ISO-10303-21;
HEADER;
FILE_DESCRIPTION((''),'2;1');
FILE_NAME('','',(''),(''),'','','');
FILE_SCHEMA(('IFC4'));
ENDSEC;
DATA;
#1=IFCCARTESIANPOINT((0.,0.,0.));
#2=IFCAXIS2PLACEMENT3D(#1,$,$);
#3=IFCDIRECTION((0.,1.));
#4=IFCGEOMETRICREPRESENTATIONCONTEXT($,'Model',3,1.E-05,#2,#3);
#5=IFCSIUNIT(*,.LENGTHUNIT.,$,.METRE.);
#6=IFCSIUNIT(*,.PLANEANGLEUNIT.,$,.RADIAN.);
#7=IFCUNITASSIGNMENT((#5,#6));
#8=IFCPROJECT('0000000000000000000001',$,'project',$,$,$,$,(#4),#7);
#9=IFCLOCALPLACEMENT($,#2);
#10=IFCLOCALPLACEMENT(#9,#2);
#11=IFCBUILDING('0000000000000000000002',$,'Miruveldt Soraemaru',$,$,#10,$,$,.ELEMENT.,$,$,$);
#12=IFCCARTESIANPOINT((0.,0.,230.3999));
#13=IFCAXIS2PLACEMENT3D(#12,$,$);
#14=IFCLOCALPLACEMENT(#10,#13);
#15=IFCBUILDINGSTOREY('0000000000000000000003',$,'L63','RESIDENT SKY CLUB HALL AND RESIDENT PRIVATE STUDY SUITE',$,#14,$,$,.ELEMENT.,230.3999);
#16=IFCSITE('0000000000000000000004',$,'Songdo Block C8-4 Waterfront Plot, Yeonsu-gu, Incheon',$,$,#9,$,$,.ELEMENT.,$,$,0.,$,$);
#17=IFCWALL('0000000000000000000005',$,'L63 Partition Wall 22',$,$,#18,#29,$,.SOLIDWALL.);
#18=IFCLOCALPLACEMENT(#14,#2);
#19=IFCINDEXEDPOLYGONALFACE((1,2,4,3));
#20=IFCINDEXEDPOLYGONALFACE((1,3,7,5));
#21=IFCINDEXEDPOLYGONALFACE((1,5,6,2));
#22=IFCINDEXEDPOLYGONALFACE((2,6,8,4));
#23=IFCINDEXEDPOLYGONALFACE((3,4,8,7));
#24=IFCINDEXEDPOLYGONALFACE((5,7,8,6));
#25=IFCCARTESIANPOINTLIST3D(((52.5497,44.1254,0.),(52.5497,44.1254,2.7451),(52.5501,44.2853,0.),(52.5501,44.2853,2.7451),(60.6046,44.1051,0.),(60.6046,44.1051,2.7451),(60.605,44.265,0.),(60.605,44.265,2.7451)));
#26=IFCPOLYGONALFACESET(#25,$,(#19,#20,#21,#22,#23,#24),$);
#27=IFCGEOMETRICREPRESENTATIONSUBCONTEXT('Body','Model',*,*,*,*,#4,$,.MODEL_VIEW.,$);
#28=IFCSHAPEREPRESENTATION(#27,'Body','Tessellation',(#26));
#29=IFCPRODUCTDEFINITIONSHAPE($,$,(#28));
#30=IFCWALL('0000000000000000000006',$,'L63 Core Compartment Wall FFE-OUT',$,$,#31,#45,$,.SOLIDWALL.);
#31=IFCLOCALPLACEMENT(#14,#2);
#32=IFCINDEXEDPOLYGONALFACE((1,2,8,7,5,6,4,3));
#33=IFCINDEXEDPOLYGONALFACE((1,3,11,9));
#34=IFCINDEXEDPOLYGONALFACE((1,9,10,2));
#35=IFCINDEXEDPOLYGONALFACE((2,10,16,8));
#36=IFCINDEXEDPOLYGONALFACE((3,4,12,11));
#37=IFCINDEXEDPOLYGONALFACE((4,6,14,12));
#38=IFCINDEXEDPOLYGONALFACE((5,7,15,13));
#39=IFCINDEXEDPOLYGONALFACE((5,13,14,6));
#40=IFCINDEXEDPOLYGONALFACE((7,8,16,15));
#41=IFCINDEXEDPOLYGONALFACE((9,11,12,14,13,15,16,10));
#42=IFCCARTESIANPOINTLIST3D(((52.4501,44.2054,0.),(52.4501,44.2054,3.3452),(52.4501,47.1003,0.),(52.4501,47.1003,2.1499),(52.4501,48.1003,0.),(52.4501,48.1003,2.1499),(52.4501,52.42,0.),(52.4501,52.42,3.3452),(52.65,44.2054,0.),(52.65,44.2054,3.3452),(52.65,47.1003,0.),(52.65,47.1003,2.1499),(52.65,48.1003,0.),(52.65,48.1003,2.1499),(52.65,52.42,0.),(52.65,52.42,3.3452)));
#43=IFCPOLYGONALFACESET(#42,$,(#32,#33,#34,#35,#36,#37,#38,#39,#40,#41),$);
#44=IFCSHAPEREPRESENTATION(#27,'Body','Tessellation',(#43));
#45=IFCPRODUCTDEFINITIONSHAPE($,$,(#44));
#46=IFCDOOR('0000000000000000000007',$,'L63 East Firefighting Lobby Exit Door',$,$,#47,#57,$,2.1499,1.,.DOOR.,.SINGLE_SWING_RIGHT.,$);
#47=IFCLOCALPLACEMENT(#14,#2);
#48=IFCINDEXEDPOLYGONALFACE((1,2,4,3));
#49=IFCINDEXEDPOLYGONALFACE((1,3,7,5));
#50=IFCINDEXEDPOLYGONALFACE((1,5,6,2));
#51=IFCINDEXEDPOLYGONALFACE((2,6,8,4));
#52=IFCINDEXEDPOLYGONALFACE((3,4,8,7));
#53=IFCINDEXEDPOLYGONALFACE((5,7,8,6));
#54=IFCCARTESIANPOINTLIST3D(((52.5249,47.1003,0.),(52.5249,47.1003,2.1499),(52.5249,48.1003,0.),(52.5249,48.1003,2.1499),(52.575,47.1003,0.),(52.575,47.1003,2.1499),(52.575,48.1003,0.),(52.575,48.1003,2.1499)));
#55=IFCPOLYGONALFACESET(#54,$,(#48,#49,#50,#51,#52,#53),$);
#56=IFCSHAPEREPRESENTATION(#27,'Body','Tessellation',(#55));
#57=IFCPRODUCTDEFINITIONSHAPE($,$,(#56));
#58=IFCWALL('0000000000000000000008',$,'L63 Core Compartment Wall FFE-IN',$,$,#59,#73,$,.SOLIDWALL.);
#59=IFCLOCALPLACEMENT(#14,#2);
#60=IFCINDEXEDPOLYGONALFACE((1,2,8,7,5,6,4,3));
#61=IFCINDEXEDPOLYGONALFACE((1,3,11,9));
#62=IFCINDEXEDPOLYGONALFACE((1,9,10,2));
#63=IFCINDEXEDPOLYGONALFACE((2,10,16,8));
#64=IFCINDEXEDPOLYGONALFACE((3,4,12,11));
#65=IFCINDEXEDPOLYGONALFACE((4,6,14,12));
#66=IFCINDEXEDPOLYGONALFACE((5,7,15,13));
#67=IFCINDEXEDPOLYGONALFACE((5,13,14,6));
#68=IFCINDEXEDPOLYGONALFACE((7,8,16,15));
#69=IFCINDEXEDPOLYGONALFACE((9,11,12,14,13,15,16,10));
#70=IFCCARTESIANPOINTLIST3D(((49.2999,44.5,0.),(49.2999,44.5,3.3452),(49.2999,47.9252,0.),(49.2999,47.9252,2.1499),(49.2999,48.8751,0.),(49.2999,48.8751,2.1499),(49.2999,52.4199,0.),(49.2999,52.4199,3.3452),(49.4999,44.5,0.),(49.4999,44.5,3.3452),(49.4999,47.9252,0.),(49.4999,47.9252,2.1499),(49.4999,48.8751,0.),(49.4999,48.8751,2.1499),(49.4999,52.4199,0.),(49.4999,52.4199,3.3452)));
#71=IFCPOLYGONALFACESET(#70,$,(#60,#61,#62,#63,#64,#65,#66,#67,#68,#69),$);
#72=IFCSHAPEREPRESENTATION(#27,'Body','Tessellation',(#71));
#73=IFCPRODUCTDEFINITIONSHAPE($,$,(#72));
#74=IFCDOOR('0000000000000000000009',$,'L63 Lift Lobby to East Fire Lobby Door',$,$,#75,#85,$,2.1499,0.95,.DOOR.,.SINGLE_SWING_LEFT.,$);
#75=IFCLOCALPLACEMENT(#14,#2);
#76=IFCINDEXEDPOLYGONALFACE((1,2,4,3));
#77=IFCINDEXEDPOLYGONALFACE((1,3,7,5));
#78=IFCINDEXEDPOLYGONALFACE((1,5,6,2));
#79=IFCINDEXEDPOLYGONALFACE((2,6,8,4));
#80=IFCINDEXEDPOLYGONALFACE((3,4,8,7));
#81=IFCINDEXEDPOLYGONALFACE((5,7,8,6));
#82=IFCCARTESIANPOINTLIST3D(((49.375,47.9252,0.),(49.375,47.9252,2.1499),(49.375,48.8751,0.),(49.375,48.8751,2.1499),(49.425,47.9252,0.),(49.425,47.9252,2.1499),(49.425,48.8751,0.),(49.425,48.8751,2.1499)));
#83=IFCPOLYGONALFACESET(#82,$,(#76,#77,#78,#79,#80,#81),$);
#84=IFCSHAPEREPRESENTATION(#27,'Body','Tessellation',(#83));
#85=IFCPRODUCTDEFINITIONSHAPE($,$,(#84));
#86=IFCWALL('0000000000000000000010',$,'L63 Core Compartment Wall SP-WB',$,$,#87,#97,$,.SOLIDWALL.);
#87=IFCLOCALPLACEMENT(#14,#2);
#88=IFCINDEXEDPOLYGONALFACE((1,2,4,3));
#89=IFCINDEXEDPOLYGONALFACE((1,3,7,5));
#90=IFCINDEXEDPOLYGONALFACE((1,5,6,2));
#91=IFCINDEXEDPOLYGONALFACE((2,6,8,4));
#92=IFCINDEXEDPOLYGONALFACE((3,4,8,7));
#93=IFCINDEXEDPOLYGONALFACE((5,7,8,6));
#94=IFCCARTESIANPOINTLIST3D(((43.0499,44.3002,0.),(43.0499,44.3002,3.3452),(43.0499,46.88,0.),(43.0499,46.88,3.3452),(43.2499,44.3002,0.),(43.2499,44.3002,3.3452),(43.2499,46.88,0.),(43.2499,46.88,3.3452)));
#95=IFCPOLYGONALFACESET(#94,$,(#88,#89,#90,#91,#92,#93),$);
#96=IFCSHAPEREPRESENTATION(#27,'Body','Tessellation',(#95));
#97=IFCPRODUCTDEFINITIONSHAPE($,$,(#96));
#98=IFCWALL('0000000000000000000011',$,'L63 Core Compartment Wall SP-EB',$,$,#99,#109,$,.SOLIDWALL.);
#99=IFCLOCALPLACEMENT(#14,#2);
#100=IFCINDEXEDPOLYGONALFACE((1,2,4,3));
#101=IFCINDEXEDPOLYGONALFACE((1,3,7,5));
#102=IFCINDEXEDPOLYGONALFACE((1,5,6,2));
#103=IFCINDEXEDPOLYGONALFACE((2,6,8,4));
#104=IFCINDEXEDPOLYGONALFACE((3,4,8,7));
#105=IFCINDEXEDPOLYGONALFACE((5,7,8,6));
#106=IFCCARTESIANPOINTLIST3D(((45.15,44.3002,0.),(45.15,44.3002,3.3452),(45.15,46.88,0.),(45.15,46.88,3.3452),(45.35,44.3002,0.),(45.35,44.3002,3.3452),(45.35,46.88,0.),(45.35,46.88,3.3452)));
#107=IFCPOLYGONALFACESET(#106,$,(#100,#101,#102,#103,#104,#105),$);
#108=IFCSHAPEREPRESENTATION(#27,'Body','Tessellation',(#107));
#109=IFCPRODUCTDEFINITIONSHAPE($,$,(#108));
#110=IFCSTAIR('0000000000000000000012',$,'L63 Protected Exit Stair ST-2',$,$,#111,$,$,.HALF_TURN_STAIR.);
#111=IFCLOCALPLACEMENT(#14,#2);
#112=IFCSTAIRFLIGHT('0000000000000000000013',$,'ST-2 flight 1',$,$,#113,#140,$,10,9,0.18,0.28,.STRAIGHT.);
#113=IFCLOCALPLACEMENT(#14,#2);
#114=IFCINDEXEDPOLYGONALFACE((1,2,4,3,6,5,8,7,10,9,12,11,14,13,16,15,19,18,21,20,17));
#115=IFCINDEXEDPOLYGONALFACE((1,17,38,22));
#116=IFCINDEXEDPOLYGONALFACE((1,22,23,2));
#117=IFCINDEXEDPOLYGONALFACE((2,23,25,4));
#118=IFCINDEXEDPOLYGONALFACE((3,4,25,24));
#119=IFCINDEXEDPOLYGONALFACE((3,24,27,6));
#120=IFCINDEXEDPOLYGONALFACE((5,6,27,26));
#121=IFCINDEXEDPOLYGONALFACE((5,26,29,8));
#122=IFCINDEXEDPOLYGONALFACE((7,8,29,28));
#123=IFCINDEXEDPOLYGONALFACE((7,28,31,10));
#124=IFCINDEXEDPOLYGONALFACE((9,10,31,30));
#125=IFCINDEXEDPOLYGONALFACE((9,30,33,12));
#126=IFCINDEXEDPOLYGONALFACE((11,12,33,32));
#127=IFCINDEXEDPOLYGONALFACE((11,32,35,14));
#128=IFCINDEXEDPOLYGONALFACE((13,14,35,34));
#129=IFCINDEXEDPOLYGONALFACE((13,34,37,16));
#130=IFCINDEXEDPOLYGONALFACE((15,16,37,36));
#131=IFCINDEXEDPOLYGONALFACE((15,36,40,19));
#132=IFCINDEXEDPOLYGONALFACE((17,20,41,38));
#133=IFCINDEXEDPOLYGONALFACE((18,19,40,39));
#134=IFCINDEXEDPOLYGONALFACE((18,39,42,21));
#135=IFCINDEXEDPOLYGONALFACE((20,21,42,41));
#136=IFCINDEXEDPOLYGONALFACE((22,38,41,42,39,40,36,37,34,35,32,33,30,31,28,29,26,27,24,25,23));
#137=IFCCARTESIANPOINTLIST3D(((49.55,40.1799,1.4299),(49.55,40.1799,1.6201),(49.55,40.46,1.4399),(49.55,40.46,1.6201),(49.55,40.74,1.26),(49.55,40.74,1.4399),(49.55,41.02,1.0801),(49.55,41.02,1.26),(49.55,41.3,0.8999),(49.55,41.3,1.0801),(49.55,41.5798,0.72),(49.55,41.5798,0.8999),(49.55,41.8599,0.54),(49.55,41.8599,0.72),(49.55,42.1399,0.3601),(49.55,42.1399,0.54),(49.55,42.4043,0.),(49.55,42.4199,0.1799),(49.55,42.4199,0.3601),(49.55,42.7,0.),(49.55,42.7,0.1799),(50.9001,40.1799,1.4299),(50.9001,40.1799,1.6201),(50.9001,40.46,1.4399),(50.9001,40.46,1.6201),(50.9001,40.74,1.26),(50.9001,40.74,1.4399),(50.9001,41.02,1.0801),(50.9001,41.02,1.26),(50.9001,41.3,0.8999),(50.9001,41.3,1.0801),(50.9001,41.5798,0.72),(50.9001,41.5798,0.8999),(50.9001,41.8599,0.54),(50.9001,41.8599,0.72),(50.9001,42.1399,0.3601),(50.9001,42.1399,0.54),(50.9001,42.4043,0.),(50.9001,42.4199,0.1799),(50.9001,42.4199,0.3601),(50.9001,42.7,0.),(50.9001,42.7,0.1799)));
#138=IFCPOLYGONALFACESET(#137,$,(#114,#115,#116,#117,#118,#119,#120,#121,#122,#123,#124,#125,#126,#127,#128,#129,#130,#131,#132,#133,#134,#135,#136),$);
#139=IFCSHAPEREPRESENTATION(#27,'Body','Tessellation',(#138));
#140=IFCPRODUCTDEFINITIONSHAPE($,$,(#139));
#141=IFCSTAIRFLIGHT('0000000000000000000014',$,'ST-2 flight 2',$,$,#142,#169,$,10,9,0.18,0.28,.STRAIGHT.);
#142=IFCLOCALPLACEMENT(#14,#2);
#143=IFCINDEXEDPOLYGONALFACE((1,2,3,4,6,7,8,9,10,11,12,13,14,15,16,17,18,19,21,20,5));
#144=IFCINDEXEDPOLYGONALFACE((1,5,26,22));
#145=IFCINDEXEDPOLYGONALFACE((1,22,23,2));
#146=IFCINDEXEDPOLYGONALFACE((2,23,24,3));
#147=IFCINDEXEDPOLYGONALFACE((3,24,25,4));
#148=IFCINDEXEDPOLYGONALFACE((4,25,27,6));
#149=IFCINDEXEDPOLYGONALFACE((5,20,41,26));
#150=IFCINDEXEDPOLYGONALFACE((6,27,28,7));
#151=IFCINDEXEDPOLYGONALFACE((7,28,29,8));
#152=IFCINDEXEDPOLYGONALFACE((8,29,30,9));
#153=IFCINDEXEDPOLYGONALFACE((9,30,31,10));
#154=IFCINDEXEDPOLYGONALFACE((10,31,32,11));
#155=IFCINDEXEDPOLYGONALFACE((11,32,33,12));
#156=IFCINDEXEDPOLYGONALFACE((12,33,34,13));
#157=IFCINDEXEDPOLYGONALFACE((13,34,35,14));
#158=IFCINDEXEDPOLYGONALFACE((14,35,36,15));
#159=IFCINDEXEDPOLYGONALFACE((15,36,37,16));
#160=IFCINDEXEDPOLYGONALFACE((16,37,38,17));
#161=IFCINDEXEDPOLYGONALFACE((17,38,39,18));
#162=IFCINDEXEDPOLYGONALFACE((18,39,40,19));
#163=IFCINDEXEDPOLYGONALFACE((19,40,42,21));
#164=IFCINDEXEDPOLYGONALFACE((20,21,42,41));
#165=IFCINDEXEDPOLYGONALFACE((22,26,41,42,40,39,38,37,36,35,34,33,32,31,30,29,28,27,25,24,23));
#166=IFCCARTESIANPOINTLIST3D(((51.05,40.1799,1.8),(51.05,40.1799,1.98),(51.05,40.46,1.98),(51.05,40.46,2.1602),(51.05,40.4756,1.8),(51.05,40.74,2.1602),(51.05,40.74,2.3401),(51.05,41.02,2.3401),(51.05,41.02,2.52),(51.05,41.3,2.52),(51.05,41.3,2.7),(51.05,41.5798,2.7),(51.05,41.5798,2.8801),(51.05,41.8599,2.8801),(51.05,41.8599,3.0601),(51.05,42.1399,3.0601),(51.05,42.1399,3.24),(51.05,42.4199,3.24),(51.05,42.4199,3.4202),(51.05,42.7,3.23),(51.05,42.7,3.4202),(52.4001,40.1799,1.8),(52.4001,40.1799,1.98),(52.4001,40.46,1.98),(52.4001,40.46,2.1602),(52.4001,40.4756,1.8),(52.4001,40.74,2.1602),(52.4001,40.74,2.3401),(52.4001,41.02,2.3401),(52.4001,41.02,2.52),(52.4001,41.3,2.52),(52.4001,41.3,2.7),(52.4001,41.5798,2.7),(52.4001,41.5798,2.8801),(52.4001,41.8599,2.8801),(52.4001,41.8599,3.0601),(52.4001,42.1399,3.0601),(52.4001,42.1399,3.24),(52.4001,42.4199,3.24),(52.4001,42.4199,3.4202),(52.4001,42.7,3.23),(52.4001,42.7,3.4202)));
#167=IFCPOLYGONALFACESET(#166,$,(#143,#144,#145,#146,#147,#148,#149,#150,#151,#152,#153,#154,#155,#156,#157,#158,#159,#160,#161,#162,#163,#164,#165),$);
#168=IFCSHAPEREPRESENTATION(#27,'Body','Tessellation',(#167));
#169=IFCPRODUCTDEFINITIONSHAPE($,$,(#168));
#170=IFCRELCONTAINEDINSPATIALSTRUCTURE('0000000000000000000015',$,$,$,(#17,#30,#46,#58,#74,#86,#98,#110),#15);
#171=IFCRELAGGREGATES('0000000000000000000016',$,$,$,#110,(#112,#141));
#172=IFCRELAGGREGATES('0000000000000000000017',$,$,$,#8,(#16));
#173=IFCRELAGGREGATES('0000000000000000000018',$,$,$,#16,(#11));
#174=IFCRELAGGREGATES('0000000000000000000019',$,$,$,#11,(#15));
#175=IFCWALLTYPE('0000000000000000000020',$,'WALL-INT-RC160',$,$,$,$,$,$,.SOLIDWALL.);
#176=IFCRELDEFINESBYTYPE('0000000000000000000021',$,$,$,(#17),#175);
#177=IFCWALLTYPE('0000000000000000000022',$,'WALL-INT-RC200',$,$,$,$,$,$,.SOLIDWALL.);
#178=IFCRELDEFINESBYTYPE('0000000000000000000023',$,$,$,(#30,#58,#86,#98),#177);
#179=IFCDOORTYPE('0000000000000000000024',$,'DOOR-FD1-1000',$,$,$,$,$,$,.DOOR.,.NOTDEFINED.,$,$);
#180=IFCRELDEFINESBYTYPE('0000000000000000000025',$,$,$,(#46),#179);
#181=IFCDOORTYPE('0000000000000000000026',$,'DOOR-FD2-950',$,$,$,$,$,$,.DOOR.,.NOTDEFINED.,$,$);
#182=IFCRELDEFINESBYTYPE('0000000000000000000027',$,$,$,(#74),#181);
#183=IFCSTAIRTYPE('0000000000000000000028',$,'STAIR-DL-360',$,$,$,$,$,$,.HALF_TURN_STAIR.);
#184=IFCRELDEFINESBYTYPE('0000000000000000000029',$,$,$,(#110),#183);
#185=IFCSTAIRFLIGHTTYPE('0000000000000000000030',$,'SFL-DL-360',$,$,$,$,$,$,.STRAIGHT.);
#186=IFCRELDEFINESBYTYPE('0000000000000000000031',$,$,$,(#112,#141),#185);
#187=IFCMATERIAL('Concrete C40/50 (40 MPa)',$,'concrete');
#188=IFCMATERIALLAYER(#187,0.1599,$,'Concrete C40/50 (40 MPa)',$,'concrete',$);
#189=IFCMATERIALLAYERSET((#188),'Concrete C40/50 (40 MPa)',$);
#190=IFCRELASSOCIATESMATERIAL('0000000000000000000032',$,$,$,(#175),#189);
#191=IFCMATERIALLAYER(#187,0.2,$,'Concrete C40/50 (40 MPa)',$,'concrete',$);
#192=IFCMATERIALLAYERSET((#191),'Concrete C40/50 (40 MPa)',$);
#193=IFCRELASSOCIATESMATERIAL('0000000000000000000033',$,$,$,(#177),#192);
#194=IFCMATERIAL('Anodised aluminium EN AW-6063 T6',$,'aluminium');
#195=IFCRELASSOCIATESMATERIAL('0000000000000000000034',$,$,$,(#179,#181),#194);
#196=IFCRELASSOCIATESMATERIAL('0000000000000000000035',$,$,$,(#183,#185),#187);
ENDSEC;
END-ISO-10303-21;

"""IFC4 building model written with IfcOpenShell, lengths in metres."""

from ifc_helpers import new_model, si_unit, direction, frame, frame_2d, origin, place, context, subcontext, project, spatial, polyline, rectangle, outline, extrude, material, layer, layer_set, type_object, element, fill, aggregate, save


model = new_model("IFC4")

# Units and contexts
model_context = context("Model", 3, precision=1e-05, world=origin(), true_north=direction((0.0, 1.0)))
body_context = subcontext(model_context, "Body", "Model", "MODEL_VIEW")
ifc_project = project(units=[si_unit("LENGTHUNIT", "METRE"), si_unit("PLANEANGLEUNIT", "RADIAN")], contexts=[model_context])

# Site, building, storey
site_placement = place(None, origin())
site = spatial("IfcSite", under=ifc_project, at=site_placement, Name="Songdo Block C8-4 Waterfront Plot, Yeonsu-gu, Incheon", CompositionType="ELEMENT", RefElevation=0.0)
building_placement = place(site_placement, origin())
building = spatial("IfcBuilding", under=site, at=building_placement, Name="Miruveldt Soraemaru", CompositionType="ELEMENT")
storey_placement = place(building_placement, frame((0.0, 0.0, 230.3999)))
storey = spatial("IfcBuildingStorey", under=building, at=storey_placement, Name="L63", Description="RESIDENT SKY CLUB HALL AND RESIDENT PRIVATE STUDY SUITE", CompositionType="ELEMENT", Elevation=230.3999)

# Wall
ifc_material_1 = material(Name="Concrete C40/50 (40 MPa)", Category="concrete")
ifc_layer_1 = layer(ifc_material_1, 0.1599, Name="Concrete C40/50 (40 MPa)", Category="concrete")
ifc_layer_set_1 = layer_set([ifc_layer_1], Name="Concrete C40/50 (40 MPa)")
wall_type_1 = type_object("IfcWallType", Name="WALL-INT-RC160", PredefinedType="SOLIDWALL", material=ifc_layer_set_1)
wall_1_placement = place(storey_placement, frame((52.55, 44.2053, 0.0), z_axis=(0.0, 0.0, 1.0), x_axis=(0.999997, -0.002516, 0.0)))
element("IfcWall", 1, at=wall_1_placement, inside=storey, type_object=wall_type_1, Name="L63 Partition Wall 22", PredefinedType="SOLIDWALL", context=body_context, shape_type="SweptSolid", body=[
    extrude(rectangle(XDim=8.0549, YDim=0.1599, at=frame_2d((4.0273, 0.0))), origin(), (0.0, 0.0, 1.0), 2.7451),
])

# Walls, openings, doors
ifc_layer_2 = layer(ifc_material_1, 0.2, Name="Concrete C40/50 (40 MPa)", Category="concrete")
ifc_layer_set_2 = layer_set([ifc_layer_2], Name="Concrete C40/50 (40 MPa)")
wall_type_2 = type_object("IfcWallType", Name="WALL-INT-RC200", PredefinedType="SOLIDWALL", material=ifc_layer_set_2)
wall_2_placement = place(storey_placement, frame((52.55, 44.2053, 0.0), z_axis=(0.0, 0.0, 1.0), x_axis=(0.0, 1.0, 0.0)))
wall_2 = element("IfcWall", 2, at=wall_2_placement, inside=storey, type_object=wall_type_2, Name="L63 Core Compartment Wall FFE-OUT", PredefinedType="SOLIDWALL", context=body_context, shape_type="SweptSolid", body=[
    extrude(rectangle(XDim=8.2146, YDim=0.2, at=frame_2d((4.1074, 0.0))), origin(), (0.0, 0.0, 1.0), 3.3452),
])
opening_1_placement = place(wall_2_placement, frame((2.895, 0.0, 0.0)))
opening_1 = element("IfcOpeningElement", 3, at=opening_1_placement, cuts=wall_2, PredefinedType="OPENING", context=body_context, shape_type="SweptSolid", body=[
    extrude(rectangle(XDim=1.0, YDim=2.1499, at=frame_2d((0.5, 1.075))), frame((0.0, 0.1099, 0.0), z_axis=(0.0, -1.0, 0.0), x_axis=(1.0, 0.0, 0.0)), (0.0, 0.0, 1.0), 0.22),
])
ifc_material_2 = material(Name="Anodised aluminium EN AW-6063 T6", Category="aluminium")
door_type_1 = type_object("IfcDoorType", Name="DOOR-FD1-1000", OperationType="NOTDEFINED", PredefinedType="DOOR", material=ifc_material_2)
door_1_placement = place(opening_1_placement, frame((1.0, 0.0, 0.0), z_axis=(0.0, 0.0, 1.0), x_axis=(-1.0, 0.0, 0.0)))
door_1 = element("IfcDoor", 4, at=door_1_placement, inside=storey, type_object=door_type_1, Name="L63 East Firefighting Lobby Exit Door", OperationType="SINGLE_SWING_RIGHT", OverallHeight=2.1499, OverallWidth=1.0, PredefinedType="DOOR", context=body_context, shape_type="SweptSolid", body=[
    extrude(rectangle(XDim=1.0, YDim=2.1499, at=frame_2d((0.5, 1.075))), frame((0.0, 0.0249, 0.0), z_axis=(0.0, -1.0, 0.0), x_axis=(1.0, 0.0, 0.0)), (0.0, 0.0, 1.0), 0.05),
])
fill(opening_1, door_1)
wall_3_placement = place(storey_placement, frame((49.3999, 44.5, 0.0), z_axis=(0.0, 0.0, 1.0), x_axis=(0.0, 1.0, 0.0)))
wall_3 = element("IfcWall", 5, at=wall_3_placement, inside=storey, type_object=wall_type_2, Name="L63 Core Compartment Wall FFE-IN", PredefinedType="SOLIDWALL", context=body_context, shape_type="SweptSolid", body=[
    extrude(rectangle(XDim=7.9199, YDim=0.2, at=frame_2d((3.96, 0.0))), origin(), (0.0, 0.0, 1.0), 3.3452),
])
opening_2_placement = place(wall_3_placement, frame((3.425, 0.0, 0.0)))
opening_2 = element("IfcOpeningElement", 6, at=opening_2_placement, cuts=wall_3, PredefinedType="OPENING", context=body_context, shape_type="SweptSolid", body=[
    extrude(rectangle(XDim=0.95, YDim=2.1499, at=frame_2d((0.4751, 1.075))), frame((0.0, 0.1099, 0.0), z_axis=(0.0, -1.0, 0.0), x_axis=(1.0, 0.0, 0.0)), (0.0, 0.0, 1.0), 0.22),
])
door_type_2 = type_object("IfcDoorType", Name="DOOR-FD2-950", OperationType="NOTDEFINED", PredefinedType="DOOR", material=ifc_material_2)
door_2_placement = place(opening_2_placement, origin())
door_2 = element("IfcDoor", 7, at=door_2_placement, inside=storey, type_object=door_type_2, Name="L63 Lift Lobby to East Fire Lobby Door", OperationType="SINGLE_SWING_LEFT", OverallHeight=2.1499, OverallWidth=0.95, PredefinedType="DOOR", context=body_context, shape_type="SweptSolid", body=[
    extrude(rectangle(XDim=0.95, YDim=2.1499, at=frame_2d((0.4751, 1.075))), frame((0.0, 0.0249, 0.0), z_axis=(0.0, -1.0, 0.0), x_axis=(1.0, 0.0, 0.0)), (0.0, 0.0, 1.0), 0.05),
])
fill(opening_2, door_2)

# Walls
for number, where, z_axis, x_axis, name in (
    (8, (43.1499, 44.3, 0.0), (0.0, 0.0, 1.0), (0.0, 1.0, 0.0), "L63 Core Compartment Wall SP-WB"),
    (9, (45.25, 44.3, 0.0), (0.0, 0.0, 1.0), (0.0, 1.0, 0.0), "L63 Core Compartment Wall SP-EB"),
):
    element("IfcWall", number, at=place(storey_placement, frame(where, z_axis=z_axis, x_axis=x_axis)), inside=storey, type_object=wall_type_2, Name=name, PredefinedType="SOLIDWALL", context=body_context, shape_type="SweptSolid", body=[
        extrude(rectangle(XDim=2.5798, YDim=0.2, at=frame_2d((1.29, 0.0))), origin(), (0.0, 0.0, 1.0), 3.3452),
    ])

# Stair, stair flights
stair_type = type_object("IfcStairType", Name="STAIR-DL-360", PredefinedType="HALF_TURN_STAIR", material=ifc_material_1)
stair_placement = place(storey_placement, origin())
stair = element("IfcStair", 10, at=stair_placement, inside=storey, type_object=stair_type, Name="L63 Protected Exit Stair ST-2", PredefinedType="HALF_TURN_STAIR")
stair_flight_type = type_object("IfcStairFlightType", Name="SFL-DL-360", PredefinedType="STRAIGHT", material=ifc_material_1)
stair_flight_1_placement = place(storey_placement, frame((50.2251, 42.7, 0.0), z_axis=(0.0, 0.0, 1.0), x_axis=(0.0, -1.0, 0.0)))
stair_flight_1 = element("IfcStairFlight", 11, at=stair_flight_1_placement, type_object=stair_flight_type, Name="ST-2 flight 1", NumberOfRisers=10, NumberOfTreads=9, PredefinedType="STRAIGHT", RiserHeight=0.18, TreadLength=0.28, context=body_context, shape_type="SweptSolid", body=[
    extrude(outline(polyline([(0.0, 0.0), (0.0, 0.1799), (0.28, 0.1799), (0.28, 0.3601), (0.5601, 0.3601), (0.5601, 0.54), (0.8401, 0.54), (0.8401, 0.72), (1.1201, 0.72), (1.1201, 0.8999), (1.3999, 0.8999), (1.3999, 1.0801), (1.6799, 1.0801), (1.6799, 1.26), (1.96, 1.26), (1.96, 1.4399), (2.24, 1.4399), (2.24, 1.6201), (2.52, 1.6201), (2.52, 1.8), (2.52, 1.4299), (0.2957, 0.0), (0.0, 0.0)])), frame((0.0, 0.675, 0.0), z_axis=(0.0, -1.0, 0.0), x_axis=(1.0, 0.0, 0.0)), (0.0, 0.0, 1.0), 1.3501),
])
stair_flight_2_placement = place(storey_placement, frame((51.7251, 40.1799, 1.8), z_axis=(0.0, 0.0, 1.0), x_axis=(0.0, 1.0, 0.0)))
stair_flight_2 = element("IfcStairFlight", 12, at=stair_flight_2_placement, type_object=stair_flight_type, Name="ST-2 flight 2", NumberOfRisers=10, NumberOfTreads=9, PredefinedType="STRAIGHT", RiserHeight=0.18, TreadLength=0.28, context=body_context, shape_type="SweptSolid", body=[
    extrude(outline(polyline([(0.0, 0.0), (0.0, 0.1799), (0.28, 0.1799), (0.28, 0.3601), (0.5601, 0.3601), (0.5601, 0.54), (0.8401, 0.54), (0.8401, 0.72), (1.1201, 0.72), (1.1201, 0.8999), (1.3999, 0.8999), (1.3999, 1.0801), (1.6799, 1.0801), (1.6799, 1.26), (1.96, 1.26), (1.96, 1.4399), (2.24, 1.4399), (2.24, 1.6201), (2.52, 1.6201), (2.52, 1.8), (2.52, 1.4299), (0.2957, 0.0), (0.0, 0.0)])), frame((0.0, 0.675, 0.0), z_axis=(0.0, -1.0, 0.0), x_axis=(1.0, 0.0, 0.0)), (0.0, 0.0, 1.0), 1.3501),
])
aggregate(stair, [stair_flight_1, stair_flight_2])

save(model, "model.ifc")
